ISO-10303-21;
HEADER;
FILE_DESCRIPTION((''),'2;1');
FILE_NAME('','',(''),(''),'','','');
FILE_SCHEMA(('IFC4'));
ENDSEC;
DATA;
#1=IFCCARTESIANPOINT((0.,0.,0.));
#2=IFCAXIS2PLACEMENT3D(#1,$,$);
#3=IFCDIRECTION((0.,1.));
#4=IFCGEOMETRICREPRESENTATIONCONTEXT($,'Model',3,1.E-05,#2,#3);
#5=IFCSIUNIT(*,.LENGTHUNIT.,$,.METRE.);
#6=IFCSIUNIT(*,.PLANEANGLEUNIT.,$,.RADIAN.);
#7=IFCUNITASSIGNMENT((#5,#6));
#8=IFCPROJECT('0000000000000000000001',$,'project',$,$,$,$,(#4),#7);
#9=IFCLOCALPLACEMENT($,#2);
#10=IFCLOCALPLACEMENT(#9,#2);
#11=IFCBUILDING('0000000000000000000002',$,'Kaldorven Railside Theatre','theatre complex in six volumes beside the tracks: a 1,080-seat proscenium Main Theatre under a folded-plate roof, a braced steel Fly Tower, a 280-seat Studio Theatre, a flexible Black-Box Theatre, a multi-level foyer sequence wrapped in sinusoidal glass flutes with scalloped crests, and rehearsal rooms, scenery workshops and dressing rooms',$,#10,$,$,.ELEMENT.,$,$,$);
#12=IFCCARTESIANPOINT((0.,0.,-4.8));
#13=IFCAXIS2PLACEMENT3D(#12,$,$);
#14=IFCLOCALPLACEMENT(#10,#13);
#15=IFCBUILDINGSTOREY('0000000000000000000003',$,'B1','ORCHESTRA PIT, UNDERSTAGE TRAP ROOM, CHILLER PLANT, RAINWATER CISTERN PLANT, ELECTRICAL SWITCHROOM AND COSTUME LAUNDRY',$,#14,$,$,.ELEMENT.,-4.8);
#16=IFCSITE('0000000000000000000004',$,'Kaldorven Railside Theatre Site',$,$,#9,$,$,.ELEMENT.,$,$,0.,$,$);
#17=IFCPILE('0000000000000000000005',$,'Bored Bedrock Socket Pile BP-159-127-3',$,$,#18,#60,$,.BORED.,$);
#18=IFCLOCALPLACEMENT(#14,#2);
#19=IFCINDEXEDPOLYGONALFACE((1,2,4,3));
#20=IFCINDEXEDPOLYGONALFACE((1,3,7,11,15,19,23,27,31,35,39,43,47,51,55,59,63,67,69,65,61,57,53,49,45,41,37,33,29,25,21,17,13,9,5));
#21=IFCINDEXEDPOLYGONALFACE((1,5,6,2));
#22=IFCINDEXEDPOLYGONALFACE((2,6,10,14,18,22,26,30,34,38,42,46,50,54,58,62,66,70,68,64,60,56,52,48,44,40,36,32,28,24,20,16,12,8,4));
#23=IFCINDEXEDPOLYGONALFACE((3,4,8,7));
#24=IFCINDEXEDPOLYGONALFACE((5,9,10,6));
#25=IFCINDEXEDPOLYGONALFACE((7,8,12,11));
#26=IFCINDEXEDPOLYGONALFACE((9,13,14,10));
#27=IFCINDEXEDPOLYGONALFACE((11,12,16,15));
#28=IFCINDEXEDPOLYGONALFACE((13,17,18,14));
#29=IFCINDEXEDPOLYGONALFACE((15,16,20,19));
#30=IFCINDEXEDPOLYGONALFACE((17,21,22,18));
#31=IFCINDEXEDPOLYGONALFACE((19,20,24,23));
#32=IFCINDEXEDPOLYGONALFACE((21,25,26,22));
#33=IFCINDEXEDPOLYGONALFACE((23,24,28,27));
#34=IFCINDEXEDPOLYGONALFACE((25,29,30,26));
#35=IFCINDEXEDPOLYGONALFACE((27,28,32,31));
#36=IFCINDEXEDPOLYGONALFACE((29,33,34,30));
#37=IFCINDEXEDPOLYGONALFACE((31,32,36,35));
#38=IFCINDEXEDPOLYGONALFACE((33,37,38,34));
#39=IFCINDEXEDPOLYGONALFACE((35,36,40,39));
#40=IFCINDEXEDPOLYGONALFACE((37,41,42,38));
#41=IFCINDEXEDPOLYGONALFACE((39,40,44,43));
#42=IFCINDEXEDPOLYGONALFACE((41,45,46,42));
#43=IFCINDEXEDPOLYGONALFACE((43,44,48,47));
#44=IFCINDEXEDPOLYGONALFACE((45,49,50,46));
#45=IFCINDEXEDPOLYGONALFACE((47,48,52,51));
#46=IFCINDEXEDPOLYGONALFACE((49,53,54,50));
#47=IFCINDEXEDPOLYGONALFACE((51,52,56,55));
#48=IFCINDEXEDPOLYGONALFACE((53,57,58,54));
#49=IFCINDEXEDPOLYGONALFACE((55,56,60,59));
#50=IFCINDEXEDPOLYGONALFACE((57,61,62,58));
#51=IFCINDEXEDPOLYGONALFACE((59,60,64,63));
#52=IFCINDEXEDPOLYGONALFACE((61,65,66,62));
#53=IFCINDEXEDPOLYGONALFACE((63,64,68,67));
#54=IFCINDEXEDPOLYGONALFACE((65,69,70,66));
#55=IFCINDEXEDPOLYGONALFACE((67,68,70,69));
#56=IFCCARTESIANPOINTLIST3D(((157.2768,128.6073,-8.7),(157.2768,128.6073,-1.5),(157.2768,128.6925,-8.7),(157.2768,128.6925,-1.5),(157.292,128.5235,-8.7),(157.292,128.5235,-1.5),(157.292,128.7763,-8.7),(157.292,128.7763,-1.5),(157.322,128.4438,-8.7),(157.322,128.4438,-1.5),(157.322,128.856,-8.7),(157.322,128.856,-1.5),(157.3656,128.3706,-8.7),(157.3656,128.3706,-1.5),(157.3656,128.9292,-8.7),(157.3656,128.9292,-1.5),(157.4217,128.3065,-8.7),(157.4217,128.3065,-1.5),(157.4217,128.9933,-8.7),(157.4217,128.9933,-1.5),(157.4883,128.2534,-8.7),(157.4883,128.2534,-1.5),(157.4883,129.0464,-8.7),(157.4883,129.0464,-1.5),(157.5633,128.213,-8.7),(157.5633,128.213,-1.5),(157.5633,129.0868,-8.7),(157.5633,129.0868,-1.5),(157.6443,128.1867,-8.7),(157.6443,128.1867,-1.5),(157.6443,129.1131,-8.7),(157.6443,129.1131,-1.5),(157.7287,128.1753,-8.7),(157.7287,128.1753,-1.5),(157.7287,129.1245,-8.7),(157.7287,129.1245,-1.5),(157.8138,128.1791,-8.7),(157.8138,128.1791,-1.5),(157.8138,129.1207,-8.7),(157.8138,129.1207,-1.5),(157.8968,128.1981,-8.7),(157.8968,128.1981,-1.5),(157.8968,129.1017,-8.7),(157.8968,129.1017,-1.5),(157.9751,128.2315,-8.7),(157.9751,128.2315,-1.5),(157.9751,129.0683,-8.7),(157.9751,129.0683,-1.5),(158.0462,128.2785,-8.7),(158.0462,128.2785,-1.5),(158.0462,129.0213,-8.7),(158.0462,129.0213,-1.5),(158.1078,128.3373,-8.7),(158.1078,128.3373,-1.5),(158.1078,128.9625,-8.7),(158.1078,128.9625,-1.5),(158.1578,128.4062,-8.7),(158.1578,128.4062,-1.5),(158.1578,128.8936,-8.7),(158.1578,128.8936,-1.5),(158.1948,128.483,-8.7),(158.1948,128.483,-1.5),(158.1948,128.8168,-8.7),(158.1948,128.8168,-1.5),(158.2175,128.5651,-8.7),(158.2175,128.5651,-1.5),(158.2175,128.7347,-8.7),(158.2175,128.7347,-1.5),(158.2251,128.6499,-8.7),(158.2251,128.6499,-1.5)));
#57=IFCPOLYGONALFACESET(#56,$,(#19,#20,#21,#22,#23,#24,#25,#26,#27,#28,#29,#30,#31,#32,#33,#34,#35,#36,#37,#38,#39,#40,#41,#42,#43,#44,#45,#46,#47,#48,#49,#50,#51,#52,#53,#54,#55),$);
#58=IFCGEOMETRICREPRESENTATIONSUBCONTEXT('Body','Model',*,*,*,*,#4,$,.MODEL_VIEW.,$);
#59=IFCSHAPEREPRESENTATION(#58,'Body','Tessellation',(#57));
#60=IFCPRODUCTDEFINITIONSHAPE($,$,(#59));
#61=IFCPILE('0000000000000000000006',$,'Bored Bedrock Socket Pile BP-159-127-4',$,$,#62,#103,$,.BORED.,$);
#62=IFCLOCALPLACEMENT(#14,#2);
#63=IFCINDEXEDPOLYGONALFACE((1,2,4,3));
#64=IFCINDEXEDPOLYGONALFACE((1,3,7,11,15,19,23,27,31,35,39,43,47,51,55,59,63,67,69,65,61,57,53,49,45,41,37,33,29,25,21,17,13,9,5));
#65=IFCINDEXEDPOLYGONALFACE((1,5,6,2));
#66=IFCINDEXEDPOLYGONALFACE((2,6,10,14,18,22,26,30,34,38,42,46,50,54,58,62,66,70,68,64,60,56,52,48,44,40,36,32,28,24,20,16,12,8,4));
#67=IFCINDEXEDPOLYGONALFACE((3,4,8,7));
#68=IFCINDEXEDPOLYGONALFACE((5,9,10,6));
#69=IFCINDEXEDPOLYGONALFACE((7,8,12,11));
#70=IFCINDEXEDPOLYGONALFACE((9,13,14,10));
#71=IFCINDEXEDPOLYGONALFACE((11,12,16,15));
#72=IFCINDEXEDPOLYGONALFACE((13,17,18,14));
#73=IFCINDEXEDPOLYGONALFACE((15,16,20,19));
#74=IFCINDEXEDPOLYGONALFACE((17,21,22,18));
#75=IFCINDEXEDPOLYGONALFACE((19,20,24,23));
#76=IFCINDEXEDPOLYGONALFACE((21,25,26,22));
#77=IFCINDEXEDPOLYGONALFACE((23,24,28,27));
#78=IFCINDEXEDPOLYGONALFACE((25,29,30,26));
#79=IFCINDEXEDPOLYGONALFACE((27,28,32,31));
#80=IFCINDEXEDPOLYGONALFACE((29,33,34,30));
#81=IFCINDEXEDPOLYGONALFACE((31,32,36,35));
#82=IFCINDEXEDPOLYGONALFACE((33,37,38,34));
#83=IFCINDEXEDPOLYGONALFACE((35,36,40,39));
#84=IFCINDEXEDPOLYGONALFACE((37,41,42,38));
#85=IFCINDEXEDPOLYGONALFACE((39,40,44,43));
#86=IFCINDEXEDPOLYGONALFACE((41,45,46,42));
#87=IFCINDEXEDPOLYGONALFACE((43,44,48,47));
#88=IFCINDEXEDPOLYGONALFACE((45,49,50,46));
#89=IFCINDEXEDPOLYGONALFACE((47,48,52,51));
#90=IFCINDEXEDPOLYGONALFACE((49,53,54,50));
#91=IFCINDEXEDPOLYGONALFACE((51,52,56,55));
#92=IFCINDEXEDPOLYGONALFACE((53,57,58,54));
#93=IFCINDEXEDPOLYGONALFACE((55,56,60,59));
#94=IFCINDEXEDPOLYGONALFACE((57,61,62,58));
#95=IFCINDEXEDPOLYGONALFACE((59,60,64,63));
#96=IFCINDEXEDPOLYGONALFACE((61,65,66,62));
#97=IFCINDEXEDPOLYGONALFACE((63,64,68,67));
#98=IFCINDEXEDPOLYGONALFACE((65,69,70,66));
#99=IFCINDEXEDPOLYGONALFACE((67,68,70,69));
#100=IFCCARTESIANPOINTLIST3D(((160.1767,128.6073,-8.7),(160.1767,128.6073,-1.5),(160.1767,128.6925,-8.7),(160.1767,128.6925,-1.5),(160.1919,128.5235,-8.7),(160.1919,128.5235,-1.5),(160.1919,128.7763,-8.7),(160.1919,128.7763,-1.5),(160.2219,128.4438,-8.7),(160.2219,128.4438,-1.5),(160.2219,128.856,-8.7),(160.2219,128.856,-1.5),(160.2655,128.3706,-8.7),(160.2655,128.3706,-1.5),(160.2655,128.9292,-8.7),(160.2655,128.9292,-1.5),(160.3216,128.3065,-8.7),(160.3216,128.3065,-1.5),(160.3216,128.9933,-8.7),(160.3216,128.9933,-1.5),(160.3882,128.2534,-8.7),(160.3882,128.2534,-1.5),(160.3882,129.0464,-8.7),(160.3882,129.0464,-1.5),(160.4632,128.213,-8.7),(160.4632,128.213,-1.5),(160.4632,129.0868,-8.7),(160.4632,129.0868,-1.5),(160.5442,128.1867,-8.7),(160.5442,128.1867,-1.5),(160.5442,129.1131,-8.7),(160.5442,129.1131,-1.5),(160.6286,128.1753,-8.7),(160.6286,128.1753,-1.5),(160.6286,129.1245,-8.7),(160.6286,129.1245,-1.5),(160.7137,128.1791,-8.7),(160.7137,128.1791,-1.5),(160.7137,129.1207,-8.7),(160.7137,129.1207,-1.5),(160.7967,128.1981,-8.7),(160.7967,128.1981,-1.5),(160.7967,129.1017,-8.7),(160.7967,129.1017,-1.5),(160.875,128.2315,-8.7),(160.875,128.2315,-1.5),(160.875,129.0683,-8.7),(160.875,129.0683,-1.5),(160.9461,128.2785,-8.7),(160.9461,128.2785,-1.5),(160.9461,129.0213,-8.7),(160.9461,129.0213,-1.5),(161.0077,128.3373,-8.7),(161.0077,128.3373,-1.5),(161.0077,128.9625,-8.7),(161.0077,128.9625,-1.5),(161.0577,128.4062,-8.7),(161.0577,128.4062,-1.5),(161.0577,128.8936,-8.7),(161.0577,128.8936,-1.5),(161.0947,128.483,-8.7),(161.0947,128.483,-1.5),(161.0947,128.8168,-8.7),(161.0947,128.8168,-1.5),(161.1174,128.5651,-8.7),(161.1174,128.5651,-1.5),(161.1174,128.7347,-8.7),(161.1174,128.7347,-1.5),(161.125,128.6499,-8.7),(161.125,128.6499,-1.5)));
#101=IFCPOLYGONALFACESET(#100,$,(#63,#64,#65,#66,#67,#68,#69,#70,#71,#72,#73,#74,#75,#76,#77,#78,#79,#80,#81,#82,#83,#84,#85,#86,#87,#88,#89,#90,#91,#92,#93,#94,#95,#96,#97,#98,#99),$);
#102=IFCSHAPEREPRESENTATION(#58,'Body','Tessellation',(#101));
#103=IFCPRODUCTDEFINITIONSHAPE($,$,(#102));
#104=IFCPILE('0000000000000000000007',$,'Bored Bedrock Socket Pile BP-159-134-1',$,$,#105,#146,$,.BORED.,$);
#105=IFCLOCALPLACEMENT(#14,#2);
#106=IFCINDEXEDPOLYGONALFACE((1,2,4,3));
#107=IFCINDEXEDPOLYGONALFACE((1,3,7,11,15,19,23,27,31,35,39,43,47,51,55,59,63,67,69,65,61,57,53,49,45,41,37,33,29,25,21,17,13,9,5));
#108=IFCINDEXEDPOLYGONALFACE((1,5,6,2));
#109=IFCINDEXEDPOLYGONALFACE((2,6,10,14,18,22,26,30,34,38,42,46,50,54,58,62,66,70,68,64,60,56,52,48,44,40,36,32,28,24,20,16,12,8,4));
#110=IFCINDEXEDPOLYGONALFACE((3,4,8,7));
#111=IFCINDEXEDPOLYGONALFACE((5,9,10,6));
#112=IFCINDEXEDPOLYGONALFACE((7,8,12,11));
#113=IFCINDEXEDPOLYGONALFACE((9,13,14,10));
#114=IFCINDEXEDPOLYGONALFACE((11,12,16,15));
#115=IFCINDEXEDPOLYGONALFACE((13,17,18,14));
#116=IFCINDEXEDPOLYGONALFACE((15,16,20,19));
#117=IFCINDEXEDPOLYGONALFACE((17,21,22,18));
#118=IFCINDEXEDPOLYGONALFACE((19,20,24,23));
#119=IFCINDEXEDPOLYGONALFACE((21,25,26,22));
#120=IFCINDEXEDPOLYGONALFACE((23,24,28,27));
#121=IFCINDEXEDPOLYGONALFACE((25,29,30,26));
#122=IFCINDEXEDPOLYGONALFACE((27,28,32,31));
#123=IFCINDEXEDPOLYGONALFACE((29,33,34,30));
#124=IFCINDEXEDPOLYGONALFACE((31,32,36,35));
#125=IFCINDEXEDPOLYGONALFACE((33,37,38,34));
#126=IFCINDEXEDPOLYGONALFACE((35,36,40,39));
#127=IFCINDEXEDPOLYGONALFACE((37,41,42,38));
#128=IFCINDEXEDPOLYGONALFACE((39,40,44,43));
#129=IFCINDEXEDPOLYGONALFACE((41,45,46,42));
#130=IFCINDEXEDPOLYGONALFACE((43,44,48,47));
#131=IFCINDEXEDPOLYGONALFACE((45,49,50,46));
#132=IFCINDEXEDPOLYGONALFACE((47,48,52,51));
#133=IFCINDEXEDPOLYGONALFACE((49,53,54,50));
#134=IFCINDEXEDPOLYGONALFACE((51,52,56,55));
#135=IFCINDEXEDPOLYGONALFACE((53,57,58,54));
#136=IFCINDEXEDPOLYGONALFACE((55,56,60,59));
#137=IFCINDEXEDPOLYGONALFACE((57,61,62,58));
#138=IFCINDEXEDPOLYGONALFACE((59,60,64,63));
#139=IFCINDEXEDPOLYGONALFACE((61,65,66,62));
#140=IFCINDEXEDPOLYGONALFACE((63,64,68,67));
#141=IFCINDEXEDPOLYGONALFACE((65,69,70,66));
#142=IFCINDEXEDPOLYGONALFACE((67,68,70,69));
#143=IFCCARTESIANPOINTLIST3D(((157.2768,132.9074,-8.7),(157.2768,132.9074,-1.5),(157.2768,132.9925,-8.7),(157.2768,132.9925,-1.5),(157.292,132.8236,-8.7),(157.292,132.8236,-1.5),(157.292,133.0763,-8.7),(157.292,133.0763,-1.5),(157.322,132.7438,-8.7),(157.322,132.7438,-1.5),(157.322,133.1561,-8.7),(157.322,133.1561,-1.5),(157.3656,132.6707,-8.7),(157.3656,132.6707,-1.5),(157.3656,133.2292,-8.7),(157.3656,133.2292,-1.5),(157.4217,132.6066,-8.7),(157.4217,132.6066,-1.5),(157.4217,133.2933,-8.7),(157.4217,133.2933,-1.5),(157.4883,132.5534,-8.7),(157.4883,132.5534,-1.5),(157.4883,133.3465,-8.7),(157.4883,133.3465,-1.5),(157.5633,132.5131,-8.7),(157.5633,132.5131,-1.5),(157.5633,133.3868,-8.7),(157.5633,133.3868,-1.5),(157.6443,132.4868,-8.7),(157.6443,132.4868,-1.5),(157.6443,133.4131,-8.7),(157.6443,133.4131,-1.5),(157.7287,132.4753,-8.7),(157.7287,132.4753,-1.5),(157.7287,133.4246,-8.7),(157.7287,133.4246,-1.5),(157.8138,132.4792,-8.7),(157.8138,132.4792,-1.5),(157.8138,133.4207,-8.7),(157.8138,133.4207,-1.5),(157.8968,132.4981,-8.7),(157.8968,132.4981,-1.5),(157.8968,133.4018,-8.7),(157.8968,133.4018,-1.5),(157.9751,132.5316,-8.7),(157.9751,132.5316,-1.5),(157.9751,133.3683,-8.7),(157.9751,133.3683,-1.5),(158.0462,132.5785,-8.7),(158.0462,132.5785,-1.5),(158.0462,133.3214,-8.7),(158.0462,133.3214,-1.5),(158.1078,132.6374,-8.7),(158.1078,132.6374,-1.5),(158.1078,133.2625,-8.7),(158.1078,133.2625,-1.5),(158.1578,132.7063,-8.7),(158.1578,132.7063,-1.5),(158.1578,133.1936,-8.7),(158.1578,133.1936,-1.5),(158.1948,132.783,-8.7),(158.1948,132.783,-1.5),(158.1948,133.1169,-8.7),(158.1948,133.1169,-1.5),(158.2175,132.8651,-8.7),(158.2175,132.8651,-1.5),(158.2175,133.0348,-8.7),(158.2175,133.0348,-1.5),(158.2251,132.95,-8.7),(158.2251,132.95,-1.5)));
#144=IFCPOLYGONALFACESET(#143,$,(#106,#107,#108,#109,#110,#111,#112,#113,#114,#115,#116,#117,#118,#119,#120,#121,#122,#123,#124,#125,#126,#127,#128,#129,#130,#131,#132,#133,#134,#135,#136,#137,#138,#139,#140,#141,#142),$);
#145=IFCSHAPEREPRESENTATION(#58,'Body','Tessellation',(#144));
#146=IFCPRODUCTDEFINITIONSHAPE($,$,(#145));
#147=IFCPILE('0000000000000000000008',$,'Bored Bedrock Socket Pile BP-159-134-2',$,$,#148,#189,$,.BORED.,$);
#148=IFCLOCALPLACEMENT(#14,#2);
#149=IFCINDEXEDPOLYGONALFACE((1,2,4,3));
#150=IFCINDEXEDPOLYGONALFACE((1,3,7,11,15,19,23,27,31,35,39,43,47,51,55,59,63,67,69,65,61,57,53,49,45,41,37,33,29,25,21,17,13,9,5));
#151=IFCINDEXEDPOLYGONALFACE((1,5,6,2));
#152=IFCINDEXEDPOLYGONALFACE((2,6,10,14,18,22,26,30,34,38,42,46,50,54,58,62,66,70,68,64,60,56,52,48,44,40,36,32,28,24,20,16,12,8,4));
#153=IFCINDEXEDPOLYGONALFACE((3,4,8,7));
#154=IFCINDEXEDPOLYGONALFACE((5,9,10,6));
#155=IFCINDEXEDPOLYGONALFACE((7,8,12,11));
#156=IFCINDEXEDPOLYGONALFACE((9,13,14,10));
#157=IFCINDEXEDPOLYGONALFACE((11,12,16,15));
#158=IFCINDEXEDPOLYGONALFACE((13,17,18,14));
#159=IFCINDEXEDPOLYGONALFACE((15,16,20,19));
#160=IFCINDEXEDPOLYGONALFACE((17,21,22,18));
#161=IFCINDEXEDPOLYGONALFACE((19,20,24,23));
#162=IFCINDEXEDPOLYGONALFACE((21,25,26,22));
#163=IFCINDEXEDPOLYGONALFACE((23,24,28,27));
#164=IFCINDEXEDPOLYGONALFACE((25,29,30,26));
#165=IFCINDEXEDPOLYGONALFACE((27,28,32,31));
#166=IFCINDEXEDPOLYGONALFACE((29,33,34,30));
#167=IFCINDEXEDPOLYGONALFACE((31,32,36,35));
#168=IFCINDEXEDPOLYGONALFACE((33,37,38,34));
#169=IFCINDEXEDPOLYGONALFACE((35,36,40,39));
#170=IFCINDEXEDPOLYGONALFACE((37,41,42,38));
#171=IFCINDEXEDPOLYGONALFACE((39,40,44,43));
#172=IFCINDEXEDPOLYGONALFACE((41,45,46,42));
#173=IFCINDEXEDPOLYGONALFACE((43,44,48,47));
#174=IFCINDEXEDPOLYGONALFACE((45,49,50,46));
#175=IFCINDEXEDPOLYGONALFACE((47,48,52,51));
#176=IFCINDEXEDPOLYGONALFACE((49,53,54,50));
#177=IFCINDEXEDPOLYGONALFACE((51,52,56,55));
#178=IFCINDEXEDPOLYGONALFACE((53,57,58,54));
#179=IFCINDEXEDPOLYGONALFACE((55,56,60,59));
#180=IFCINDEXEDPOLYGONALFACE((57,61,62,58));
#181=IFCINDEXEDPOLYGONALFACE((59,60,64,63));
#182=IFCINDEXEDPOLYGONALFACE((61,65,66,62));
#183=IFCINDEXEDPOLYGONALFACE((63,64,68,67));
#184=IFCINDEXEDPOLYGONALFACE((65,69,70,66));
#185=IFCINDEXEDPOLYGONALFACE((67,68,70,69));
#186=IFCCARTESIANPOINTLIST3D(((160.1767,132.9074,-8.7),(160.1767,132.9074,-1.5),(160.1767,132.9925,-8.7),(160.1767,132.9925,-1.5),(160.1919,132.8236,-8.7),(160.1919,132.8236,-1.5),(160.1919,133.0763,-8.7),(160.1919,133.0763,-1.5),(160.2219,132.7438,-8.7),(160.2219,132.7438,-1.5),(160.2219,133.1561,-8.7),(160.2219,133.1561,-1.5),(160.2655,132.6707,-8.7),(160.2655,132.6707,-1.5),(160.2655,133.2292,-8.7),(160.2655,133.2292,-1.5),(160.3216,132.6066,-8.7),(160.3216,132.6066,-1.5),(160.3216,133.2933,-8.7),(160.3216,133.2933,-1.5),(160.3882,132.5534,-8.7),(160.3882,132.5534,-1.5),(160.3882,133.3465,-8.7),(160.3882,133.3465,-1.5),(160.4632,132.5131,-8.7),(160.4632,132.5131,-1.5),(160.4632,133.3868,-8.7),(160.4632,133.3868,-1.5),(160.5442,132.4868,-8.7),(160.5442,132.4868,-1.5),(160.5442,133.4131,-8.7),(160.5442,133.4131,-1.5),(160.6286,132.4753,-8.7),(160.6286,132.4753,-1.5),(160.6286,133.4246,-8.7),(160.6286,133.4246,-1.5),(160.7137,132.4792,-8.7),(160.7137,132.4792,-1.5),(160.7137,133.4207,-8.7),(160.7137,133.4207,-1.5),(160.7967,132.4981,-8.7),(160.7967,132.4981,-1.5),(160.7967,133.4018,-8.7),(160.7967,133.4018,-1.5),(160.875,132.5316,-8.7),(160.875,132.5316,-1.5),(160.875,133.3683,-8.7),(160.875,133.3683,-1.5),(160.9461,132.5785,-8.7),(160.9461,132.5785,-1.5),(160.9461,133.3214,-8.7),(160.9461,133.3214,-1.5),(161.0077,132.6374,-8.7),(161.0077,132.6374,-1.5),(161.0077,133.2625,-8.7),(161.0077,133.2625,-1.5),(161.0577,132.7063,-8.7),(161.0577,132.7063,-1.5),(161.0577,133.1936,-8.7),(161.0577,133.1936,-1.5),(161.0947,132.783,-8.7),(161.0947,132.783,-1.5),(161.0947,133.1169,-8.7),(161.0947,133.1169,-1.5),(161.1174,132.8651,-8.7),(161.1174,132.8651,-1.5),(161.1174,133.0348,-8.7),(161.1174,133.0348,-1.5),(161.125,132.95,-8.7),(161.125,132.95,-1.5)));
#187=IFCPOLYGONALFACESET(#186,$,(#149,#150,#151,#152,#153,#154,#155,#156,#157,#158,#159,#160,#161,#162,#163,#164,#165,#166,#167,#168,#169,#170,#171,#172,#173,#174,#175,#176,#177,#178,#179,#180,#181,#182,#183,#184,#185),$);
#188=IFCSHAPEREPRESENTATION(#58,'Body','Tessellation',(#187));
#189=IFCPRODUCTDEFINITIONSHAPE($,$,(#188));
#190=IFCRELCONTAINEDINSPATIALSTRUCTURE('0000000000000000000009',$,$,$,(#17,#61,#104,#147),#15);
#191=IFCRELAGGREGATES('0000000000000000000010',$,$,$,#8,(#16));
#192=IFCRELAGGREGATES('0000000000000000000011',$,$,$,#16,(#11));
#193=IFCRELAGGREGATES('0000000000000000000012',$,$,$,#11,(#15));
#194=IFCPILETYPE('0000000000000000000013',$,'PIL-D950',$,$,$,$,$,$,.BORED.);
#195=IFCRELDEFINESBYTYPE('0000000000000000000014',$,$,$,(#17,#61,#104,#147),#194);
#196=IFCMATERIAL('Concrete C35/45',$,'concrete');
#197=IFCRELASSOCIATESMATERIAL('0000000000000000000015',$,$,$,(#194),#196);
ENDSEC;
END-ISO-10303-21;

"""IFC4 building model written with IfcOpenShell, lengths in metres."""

from ifc_helpers import new_model, si_unit, direction, frame, origin, origin_2d, place, context, subcontext, project, spatial, circle, extrude, material, material_profile, profile_set, type_object, element, save


model = new_model("IFC4")

# Units and contexts
model_context = context("Model", 3, precision=1e-05, world=origin(), true_north=direction((0.0, 1.0)))
body_context = subcontext(model_context, "Body", "Model", "MODEL_VIEW")
ifc_project = project(units=[si_unit("LENGTHUNIT", "METRE"), si_unit("PLANEANGLEUNIT", "RADIAN")], contexts=[model_context])

# Site, building, storey
site_placement = place(None, origin())
site = spatial("IfcSite", under=ifc_project, at=site_placement, Name="Kaldorven Railside Theatre Site", CompositionType="ELEMENT", RefElevation=0.0)
building_placement = place(site_placement, origin())
building = spatial("IfcBuilding", under=site, at=building_placement, Name="Kaldorven Railside Theatre", Description="theatre complex in six volumes beside the tracks: a 1,080-seat proscenium Main Theatre under a folded-plate roof, a braced steel Fly Tower, a 280-seat Studio Theatre, a flexible Black-Box Theatre, a multi-level foyer sequence wrapped in sinusoidal glass flutes with scalloped crests, and rehearsal rooms, scenery workshops and dressing rooms", CompositionType="ELEMENT")
storey_placement = place(building_placement, frame((0.0, 0.0, -4.8)))
storey = spatial("IfcBuildingStorey", under=building, at=storey_placement, Name="B1", Description="ORCHESTRA PIT, UNDERSTAGE TRAP ROOM, CHILLER PLANT, RAINWATER CISTERN PLANT, ELECTRICAL SWITCHROOM AND COSTUME LAUNDRY", CompositionType="ELEMENT", Elevation=-4.8)

# Piles
ifc_material_1 = material(Name="Concrete C35/45", Category="concrete")
ifc_material_profile_1 = material_profile(ifc_material_1, circle(Radius=0.4751, at=origin_2d()), Name="BP D950")
ifc_profile_set_1 = profile_set([ifc_material_profile_1], Name="Concrete C35/45")
pile_type_1 = type_object("IfcPileType", Name="PIL-D950", PredefinedType="BORED", material=ifc_profile_set_1)
for number, where, z_axis, x_axis, name in (
    (1, (157.75, 128.6499, -1.5), (0.0, 0.0, -1.0), (1.0, 0.0, 0.0), "Bored Bedrock Socket Pile BP-159-127-3"),
    (2, (160.6499, 128.6499, -1.5), (0.0, 0.0, -1.0), (1.0, 0.0, 0.0), "Bored Bedrock Socket Pile BP-159-127-4"),
    (3, (157.75, 132.95, -1.5), (0.0, 0.0, -1.0), (1.0, 0.0, 0.0), "Bored Bedrock Socket Pile BP-159-134-1"),
    (4, (160.6499, 132.95, -1.5), (0.0, 0.0, -1.0), (1.0, 0.0, 0.0), "Bored Bedrock Socket Pile BP-159-134-2"),
):
    element("IfcPile", number, at=place(storey_placement, frame(where, z_axis=z_axis, x_axis=x_axis)), inside=storey, type_object=pile_type_1, Name=name, PredefinedType="BORED", context=body_context, shape_type="SweptSolid", body=[
        extrude(circle(Radius=0.4751, at=origin_2d()), origin(), (0.0, 0.0, 1.0), 7.2),
    ])

save(model, "model.ifc")
